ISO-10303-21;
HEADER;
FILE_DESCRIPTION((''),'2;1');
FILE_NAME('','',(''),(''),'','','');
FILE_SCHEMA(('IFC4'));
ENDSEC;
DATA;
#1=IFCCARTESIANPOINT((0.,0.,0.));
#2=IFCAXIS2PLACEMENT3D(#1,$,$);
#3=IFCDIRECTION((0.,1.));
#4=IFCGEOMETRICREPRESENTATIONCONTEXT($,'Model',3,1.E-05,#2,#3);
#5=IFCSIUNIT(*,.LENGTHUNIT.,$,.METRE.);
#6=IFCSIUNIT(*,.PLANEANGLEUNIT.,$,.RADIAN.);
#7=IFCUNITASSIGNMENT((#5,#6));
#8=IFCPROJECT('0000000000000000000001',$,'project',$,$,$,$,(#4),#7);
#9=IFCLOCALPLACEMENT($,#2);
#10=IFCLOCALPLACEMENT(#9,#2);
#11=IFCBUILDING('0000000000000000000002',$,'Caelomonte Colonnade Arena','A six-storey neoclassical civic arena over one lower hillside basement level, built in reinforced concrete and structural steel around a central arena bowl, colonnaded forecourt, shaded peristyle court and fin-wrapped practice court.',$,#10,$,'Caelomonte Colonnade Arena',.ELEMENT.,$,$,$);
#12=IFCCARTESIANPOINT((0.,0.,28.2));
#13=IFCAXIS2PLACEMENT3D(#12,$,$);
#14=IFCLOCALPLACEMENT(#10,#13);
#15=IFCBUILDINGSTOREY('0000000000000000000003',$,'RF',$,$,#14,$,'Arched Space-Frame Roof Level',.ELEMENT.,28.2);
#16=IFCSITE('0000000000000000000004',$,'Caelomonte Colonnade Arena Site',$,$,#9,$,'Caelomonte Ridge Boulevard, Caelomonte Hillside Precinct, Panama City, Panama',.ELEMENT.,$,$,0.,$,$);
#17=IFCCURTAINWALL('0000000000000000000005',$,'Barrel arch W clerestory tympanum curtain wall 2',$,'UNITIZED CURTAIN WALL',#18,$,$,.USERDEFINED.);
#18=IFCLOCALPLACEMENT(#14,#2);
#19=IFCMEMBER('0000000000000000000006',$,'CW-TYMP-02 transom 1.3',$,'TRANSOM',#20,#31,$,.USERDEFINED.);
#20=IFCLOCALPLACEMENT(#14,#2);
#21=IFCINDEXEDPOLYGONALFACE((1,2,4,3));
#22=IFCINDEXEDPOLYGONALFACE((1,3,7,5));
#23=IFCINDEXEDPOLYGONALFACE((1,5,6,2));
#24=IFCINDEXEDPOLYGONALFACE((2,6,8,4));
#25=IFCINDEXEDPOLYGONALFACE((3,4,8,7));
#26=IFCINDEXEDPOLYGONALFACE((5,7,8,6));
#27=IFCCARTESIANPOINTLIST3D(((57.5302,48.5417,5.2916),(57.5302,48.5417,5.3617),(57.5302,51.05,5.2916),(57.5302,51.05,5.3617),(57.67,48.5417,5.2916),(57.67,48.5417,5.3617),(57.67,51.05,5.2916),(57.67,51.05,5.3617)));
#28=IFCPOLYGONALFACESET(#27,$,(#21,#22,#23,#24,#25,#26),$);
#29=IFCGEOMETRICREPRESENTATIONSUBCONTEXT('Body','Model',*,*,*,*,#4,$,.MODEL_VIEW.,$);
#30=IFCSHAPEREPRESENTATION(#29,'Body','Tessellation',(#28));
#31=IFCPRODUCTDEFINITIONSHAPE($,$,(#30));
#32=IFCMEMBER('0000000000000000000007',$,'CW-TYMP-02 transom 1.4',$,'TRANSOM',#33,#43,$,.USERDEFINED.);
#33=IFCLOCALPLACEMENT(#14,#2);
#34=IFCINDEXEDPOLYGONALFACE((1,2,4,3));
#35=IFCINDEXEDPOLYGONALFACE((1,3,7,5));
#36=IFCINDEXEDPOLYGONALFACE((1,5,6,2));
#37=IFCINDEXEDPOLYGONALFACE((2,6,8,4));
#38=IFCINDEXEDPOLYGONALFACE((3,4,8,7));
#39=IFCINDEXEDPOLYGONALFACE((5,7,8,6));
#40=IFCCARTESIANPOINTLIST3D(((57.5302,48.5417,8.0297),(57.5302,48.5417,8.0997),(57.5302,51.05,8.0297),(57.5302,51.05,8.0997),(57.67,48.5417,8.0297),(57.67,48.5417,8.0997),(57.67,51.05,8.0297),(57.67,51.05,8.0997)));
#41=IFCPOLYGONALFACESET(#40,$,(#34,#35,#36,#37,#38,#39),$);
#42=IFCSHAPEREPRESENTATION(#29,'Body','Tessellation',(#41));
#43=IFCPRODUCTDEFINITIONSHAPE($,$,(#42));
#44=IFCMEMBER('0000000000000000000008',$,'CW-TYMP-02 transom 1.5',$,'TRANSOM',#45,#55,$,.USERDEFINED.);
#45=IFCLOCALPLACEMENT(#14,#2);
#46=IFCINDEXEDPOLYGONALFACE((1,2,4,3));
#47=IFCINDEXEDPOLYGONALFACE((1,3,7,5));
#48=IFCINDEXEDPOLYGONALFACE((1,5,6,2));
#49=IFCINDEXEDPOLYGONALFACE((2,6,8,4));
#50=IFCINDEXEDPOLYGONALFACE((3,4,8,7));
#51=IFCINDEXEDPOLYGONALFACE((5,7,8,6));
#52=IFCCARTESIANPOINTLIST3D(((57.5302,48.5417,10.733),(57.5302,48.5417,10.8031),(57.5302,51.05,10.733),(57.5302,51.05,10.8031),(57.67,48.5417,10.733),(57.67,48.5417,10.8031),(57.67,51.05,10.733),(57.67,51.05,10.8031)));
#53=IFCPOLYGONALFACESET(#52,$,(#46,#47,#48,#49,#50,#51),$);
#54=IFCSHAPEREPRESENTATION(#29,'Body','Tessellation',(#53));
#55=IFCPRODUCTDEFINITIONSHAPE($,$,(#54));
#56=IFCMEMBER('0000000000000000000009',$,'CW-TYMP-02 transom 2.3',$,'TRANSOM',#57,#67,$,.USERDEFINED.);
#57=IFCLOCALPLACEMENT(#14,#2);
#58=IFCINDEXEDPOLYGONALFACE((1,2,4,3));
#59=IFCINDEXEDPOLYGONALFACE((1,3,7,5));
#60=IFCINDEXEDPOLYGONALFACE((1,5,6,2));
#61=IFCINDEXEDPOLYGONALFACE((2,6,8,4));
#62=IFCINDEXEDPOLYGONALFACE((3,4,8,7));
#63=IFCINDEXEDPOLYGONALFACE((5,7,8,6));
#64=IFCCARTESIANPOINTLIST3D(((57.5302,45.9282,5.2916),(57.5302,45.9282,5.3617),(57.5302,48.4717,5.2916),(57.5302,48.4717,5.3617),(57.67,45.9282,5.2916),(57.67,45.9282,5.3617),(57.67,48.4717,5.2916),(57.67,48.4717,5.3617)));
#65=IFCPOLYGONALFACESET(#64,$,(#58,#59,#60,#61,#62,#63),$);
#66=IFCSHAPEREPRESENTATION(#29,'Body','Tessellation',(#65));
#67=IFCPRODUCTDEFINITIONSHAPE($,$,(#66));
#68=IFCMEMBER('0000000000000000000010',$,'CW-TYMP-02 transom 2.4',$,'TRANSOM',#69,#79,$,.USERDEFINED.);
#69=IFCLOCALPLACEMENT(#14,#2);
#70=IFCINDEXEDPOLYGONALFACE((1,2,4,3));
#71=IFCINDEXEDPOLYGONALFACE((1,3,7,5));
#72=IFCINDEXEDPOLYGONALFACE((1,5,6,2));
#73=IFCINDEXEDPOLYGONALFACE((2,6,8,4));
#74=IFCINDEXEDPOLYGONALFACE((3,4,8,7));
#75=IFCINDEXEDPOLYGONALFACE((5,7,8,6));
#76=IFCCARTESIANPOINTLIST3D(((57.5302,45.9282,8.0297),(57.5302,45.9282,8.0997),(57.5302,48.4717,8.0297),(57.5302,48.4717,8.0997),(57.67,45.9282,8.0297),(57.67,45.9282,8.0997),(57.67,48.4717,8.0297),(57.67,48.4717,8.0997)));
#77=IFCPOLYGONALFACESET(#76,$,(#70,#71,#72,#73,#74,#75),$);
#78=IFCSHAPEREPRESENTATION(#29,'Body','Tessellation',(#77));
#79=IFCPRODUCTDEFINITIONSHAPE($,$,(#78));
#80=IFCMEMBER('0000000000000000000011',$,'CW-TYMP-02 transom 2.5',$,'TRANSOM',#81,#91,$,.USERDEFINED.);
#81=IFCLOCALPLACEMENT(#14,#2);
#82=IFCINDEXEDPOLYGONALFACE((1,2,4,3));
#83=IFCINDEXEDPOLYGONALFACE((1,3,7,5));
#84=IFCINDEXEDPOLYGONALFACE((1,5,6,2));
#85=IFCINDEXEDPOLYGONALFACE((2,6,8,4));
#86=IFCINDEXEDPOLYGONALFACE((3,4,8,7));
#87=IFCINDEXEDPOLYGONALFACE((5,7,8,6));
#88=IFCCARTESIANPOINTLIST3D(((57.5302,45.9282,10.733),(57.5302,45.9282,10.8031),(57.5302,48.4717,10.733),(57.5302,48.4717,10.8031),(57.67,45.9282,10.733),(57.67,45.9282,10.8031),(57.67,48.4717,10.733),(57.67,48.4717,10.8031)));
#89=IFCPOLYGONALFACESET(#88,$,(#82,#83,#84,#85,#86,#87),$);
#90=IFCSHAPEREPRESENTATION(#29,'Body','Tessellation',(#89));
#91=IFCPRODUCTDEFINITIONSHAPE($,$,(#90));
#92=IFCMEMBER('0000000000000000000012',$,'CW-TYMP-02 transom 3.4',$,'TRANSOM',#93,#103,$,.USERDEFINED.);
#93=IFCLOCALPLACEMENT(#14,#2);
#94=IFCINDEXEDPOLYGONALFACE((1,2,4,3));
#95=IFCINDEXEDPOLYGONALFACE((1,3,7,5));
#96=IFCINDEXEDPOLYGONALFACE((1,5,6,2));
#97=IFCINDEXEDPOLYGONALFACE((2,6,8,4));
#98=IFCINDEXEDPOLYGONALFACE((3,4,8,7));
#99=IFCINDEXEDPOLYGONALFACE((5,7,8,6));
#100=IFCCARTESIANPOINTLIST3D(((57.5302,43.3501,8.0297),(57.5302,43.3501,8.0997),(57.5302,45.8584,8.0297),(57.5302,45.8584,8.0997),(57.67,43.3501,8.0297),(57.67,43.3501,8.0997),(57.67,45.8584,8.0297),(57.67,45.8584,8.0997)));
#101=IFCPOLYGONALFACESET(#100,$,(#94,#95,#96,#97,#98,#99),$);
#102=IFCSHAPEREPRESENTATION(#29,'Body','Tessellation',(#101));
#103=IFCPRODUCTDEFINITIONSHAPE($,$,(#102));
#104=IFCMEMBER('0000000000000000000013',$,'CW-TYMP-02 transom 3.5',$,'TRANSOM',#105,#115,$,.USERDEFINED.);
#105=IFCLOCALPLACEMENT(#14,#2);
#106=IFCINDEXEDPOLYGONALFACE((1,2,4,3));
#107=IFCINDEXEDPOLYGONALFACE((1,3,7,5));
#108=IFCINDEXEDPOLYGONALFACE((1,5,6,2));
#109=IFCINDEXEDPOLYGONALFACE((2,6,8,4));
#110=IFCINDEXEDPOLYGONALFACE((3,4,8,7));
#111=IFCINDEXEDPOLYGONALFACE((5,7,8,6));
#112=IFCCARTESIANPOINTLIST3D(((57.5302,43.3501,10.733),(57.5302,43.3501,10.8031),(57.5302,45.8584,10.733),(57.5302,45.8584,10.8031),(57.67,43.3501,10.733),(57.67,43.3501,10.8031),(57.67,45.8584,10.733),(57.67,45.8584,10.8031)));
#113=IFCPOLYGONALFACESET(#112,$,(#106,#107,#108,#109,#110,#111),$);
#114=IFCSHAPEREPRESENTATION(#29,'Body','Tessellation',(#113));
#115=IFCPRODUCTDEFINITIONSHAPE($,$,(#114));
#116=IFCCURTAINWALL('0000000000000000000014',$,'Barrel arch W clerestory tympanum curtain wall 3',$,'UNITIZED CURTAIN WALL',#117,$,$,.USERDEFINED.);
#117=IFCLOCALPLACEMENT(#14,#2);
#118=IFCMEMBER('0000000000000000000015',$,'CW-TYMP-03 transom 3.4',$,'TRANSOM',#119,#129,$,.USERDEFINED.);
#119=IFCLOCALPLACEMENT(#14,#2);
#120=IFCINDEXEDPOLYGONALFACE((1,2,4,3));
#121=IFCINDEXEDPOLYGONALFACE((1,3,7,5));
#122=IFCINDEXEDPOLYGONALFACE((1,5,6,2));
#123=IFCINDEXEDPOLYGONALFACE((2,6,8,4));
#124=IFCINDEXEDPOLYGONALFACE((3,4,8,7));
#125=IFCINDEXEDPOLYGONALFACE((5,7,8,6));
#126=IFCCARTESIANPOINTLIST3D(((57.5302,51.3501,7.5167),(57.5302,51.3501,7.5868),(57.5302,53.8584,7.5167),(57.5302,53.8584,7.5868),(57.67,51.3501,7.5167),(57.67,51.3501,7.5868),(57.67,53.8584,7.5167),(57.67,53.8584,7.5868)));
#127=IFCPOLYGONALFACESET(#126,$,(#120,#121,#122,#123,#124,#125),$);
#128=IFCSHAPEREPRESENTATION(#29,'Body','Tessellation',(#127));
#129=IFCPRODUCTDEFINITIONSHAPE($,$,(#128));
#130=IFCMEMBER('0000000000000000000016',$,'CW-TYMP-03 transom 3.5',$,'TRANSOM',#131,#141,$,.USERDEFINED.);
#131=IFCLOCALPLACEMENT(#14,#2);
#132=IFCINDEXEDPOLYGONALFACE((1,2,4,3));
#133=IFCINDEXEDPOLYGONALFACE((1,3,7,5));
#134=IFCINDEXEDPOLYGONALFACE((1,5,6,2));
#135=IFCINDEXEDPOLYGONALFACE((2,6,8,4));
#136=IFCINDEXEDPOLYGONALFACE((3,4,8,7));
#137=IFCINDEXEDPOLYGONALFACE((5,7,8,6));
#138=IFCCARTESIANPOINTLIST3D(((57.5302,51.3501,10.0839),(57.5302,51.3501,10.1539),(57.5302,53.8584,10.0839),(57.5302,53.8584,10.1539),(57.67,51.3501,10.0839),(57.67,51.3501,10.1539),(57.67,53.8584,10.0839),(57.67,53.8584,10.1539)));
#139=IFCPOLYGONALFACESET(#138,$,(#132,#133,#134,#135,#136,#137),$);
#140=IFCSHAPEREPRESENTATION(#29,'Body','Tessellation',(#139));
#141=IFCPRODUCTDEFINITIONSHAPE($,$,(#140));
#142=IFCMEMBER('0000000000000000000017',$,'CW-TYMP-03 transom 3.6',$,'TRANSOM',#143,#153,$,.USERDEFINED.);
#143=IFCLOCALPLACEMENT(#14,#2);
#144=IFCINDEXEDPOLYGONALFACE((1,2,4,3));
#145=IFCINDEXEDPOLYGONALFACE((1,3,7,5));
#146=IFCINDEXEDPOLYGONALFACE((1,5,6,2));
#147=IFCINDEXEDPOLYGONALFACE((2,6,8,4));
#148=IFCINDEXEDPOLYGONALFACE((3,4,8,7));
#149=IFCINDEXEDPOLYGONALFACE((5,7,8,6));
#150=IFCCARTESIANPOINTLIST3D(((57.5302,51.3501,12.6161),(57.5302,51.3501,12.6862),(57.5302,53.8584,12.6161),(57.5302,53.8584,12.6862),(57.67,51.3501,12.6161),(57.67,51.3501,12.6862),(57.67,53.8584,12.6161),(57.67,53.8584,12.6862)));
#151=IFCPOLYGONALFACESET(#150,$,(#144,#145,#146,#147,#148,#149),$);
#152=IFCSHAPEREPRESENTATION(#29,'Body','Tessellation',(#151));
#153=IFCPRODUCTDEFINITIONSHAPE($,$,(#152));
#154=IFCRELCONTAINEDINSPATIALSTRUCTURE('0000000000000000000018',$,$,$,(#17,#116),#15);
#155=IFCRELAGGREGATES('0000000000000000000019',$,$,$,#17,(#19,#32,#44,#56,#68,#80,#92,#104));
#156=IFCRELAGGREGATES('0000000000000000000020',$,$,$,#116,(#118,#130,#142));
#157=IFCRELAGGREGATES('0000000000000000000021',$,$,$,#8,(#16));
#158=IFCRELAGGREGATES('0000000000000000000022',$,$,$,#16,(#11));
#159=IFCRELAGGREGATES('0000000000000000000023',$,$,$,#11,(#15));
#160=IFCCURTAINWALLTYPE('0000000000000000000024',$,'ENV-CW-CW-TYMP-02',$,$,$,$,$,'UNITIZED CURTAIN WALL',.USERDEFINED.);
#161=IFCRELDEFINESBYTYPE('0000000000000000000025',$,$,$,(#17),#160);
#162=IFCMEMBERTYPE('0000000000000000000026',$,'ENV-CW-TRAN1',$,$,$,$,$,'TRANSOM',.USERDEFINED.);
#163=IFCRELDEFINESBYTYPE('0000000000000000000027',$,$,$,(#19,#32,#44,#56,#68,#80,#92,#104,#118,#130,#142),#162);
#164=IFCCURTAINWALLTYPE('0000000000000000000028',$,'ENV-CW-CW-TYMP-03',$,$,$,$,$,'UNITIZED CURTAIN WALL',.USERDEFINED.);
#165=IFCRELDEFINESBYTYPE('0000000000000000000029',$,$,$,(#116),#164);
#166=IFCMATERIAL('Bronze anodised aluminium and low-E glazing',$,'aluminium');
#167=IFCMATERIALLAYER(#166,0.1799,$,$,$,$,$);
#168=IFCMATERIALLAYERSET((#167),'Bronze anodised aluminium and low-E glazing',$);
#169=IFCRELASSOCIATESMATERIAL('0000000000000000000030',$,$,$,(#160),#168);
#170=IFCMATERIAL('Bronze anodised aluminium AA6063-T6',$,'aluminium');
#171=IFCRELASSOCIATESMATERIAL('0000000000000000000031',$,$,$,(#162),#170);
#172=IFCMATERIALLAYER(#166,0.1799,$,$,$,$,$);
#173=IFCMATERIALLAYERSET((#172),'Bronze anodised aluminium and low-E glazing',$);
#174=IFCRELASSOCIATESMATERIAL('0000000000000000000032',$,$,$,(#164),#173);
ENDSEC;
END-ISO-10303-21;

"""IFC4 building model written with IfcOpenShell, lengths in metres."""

from ifc_helpers import new_model, si_unit, direction, frame, origin, origin_2d, place, context, subcontext, project, spatial, rectangle, extrude, material, layer, layer_set, material_profile, profile_set, type_object, element, aggregate, save


model = new_model("IFC4")

# Units and contexts
model_context = context("Model", 3, precision=1e-05, world=origin(), true_north=direction((0.0, 1.0)))
body_context = subcontext(model_context, "Body", "Model", "MODEL_VIEW")
ifc_project = project(units=[si_unit("LENGTHUNIT", "METRE"), si_unit("PLANEANGLEUNIT", "RADIAN")], contexts=[model_context])

# Site, building, storey
site_placement = place(None, origin())
site = spatial("IfcSite", under=ifc_project, at=site_placement, Name="Caelomonte Colonnade Arena Site", LongName="Caelomonte Ridge Boulevard, Caelomonte Hillside Precinct, Panama City, Panama", CompositionType="ELEMENT", RefElevation=0.0)
building_placement = place(site_placement, origin())
building = spatial("IfcBuilding", under=site, at=building_placement, Name="Caelomonte Colonnade Arena", Description="A six-storey neoclassical civic arena over one lower hillside basement level, built in reinforced concrete and structural steel around a central arena bowl, colonnaded forecourt, shaded peristyle court and fin-wrapped practice court.", LongName="Caelomonte Colonnade Arena", CompositionType="ELEMENT")
storey_placement = place(building_placement, frame((0.0, 0.0, 28.2)))
storey = spatial("IfcBuildingStorey", under=building, at=storey_placement, Name="RF", LongName="Arched Space-Frame Roof Level", CompositionType="ELEMENT", Elevation=28.2)

# Curtain walls, members
ifc_material_1 = material(Name="Bronze anodised aluminium and low-E glazing", Category="aluminium")
ifc_layer_1 = layer(ifc_material_1, 0.1799)
ifc_layer_set_1 = layer_set([ifc_layer_1], Name="Bronze anodised aluminium and low-E glazing")
curtain_wall_type_1 = type_object("IfcCurtainWallType", Name="ENV-CW-CW-TYMP-02", ElementType="UNITIZED CURTAIN WALL", PredefinedType="USERDEFINED", material=ifc_layer_set_1)
curtain_wall_1_placement = place(storey_placement, origin())
curtain_wall_1 = element("IfcCurtainWall", 1, at=curtain_wall_1_placement, inside=storey, type_object=curtain_wall_type_1, Name="Barrel arch W clerestory tympanum curtain wall 2", ObjectType="UNITIZED CURTAIN WALL", PredefinedType="USERDEFINED")
ifc_material_2 = material(Name="Bronze anodised aluminium AA6063-T6", Category="aluminium")
ifc_material_profile_1 = material_profile(ifc_material_2, rectangle(XDim=0.0701, YDim=0.1399, at=origin_2d()), Name="CWT-70X140")
ifc_profile_set_1 = profile_set([ifc_material_profile_1], Name="Bronze anodised aluminium AA6063-T6")
member_type_1 = type_object("IfcMemberType", Name="ENV-CW-TRAN1", ElementType="TRANSOM", PredefinedType="USERDEFINED", material=ifc_profile_set_1)
member_1_placement = place(storey_placement, frame((57.6001, 51.05, 5.3267), z_axis=(0.0, -1.0, 0.0), x_axis=(0.0, 0.0, 1.0)))
member_1 = element("IfcMember", 2, at=member_1_placement, type_object=member_type_1, Name="CW-TYMP-02 transom 1.3", ObjectType="TRANSOM", PredefinedType="USERDEFINED", context=body_context, shape_type="SweptSolid", body=[
    extrude(rectangle(XDim=0.0701, YDim=0.1399, at=origin_2d()), origin(), (0.0, 0.0, 1.0), 2.5083),
])
member_2_placement = place(storey_placement, frame((57.6001, 51.05, 8.0647), z_axis=(0.0, -1.0, 0.0), x_axis=(0.0, 0.0, 1.0)))
member_2 = element("IfcMember", 3, at=member_2_placement, type_object=member_type_1, Name="CW-TYMP-02 transom 1.4", ObjectType="TRANSOM", PredefinedType="USERDEFINED", context=body_context, shape_type="SweptSolid", body=[
    extrude(rectangle(XDim=0.0701, YDim=0.1399, at=origin_2d()), origin(), (0.0, 0.0, 1.0), 2.5083),
])
member_3_placement = place(storey_placement, frame((57.6001, 51.05, 10.7681), z_axis=(0.0, -1.0, 0.0), x_axis=(0.0, 0.0, 1.0)))
member_3 = element("IfcMember", 4, at=member_3_placement, type_object=member_type_1, Name="CW-TYMP-02 transom 1.5", ObjectType="TRANSOM", PredefinedType="USERDEFINED", context=body_context, shape_type="SweptSolid", body=[
    extrude(rectangle(XDim=0.0701, YDim=0.1399, at=origin_2d()), origin(), (0.0, 0.0, 1.0), 2.5083),
])
member_4_placement = place(storey_placement, frame((57.6001, 48.4717, 5.3267), z_axis=(0.0, -1.0, 0.0), x_axis=(0.0, 0.0, 1.0)))
member_4 = element("IfcMember", 5, at=member_4_placement, type_object=member_type_1, Name="CW-TYMP-02 transom 2.3", ObjectType="TRANSOM", PredefinedType="USERDEFINED", context=body_context, shape_type="SweptSolid", body=[
    extrude(rectangle(XDim=0.0701, YDim=0.1399, at=origin_2d()), origin(), (0.0, 0.0, 1.0), 2.5435),
])
member_5_placement = place(storey_placement, frame((57.6001, 48.4717, 8.0647), z_axis=(0.0, -1.0, 0.0), x_axis=(0.0, 0.0, 1.0)))
member_5 = element("IfcMember", 6, at=member_5_placement, type_object=member_type_1, Name="CW-TYMP-02 transom 2.4", ObjectType="TRANSOM", PredefinedType="USERDEFINED", context=body_context, shape_type="SweptSolid", body=[
    extrude(rectangle(XDim=0.0701, YDim=0.1399, at=origin_2d()), origin(), (0.0, 0.0, 1.0), 2.5435),
])
member_6_placement = place(storey_placement, frame((57.6001, 48.4717, 10.7681), z_axis=(0.0, -1.0, 0.0), x_axis=(0.0, 0.0, 1.0)))
member_6 = element("IfcMember", 7, at=member_6_placement, type_object=member_type_1, Name="CW-TYMP-02 transom 2.5", ObjectType="TRANSOM", PredefinedType="USERDEFINED", context=body_context, shape_type="SweptSolid", body=[
    extrude(rectangle(XDim=0.0701, YDim=0.1399, at=origin_2d()), origin(), (0.0, 0.0, 1.0), 2.5435),
])
member_7_placement = place(storey_placement, frame((57.6001, 45.8584, 8.0647), z_axis=(0.0, -1.0, 0.0), x_axis=(0.0, 0.0, 1.0)))
member_7 = element("IfcMember", 8, at=member_7_placement, type_object=member_type_1, Name="CW-TYMP-02 transom 3.4", ObjectType="TRANSOM", PredefinedType="USERDEFINED", context=body_context, shape_type="SweptSolid", body=[
    extrude(rectangle(XDim=0.0701, YDim=0.1399, at=origin_2d()), origin(), (0.0, 0.0, 1.0), 2.5083),
])
member_8_placement = place(storey_placement, frame((57.6001, 45.8584, 10.7681), z_axis=(0.0, -1.0, 0.0), x_axis=(0.0, 0.0, 1.0)))
member_8 = element("IfcMember", 9, at=member_8_placement, type_object=member_type_1, Name="CW-TYMP-02 transom 3.5", ObjectType="TRANSOM", PredefinedType="USERDEFINED", context=body_context, shape_type="SweptSolid", body=[
    extrude(rectangle(XDim=0.0701, YDim=0.1399, at=origin_2d()), origin(), (0.0, 0.0, 1.0), 2.5083),
])
ifc_layer_2 = layer(ifc_material_1, 0.1799)
ifc_layer_set_2 = layer_set([ifc_layer_2], Name="Bronze anodised aluminium and low-E glazing")
curtain_wall_type_2 = type_object("IfcCurtainWallType", Name="ENV-CW-CW-TYMP-03", ElementType="UNITIZED CURTAIN WALL", PredefinedType="USERDEFINED", material=ifc_layer_set_2)
curtain_wall_2_placement = place(storey_placement, origin())
curtain_wall_2 = element("IfcCurtainWall", 10, at=curtain_wall_2_placement, inside=storey, type_object=curtain_wall_type_2, Name="Barrel arch W clerestory tympanum curtain wall 3", ObjectType="UNITIZED CURTAIN WALL", PredefinedType="USERDEFINED")
member_9_placement = place(storey_placement, frame((57.6001, 53.8584, 7.5518), z_axis=(0.0, -1.0, 0.0), x_axis=(0.0, 0.0, 1.0)))
member_9 = element("IfcMember", 11, at=member_9_placement, type_object=member_type_1, Name="CW-TYMP-03 transom 3.4", ObjectType="TRANSOM", PredefinedType="USERDEFINED", context=body_context, shape_type="SweptSolid", body=[
    extrude(rectangle(XDim=0.0701, YDim=0.1399, at=origin_2d()), origin(), (0.0, 0.0, 1.0), 2.5083),
])
member_10_placement = place(storey_placement, frame((57.6001, 53.8584, 10.1189), z_axis=(0.0, -1.0, 0.0), x_axis=(0.0, 0.0, 1.0)))
member_10 = element("IfcMember", 12, at=member_10_placement, type_object=member_type_1, Name="CW-TYMP-03 transom 3.5", ObjectType="TRANSOM", PredefinedType="USERDEFINED", context=body_context, shape_type="SweptSolid", body=[
    extrude(rectangle(XDim=0.0701, YDim=0.1399, at=origin_2d()), origin(), (0.0, 0.0, 1.0), 2.5083),
])
member_11_placement = place(storey_placement, frame((57.6001, 53.8584, 12.6511), z_axis=(0.0, -1.0, 0.0), x_axis=(0.0, 0.0, 1.0)))
member_11 = element("IfcMember", 13, at=member_11_placement, type_object=member_type_1, Name="CW-TYMP-03 transom 3.6", ObjectType="TRANSOM", PredefinedType="USERDEFINED", context=body_context, shape_type="SweptSolid", body=[
    extrude(rectangle(XDim=0.0701, YDim=0.1399, at=origin_2d()), origin(), (0.0, 0.0, 1.0), 2.5083),
])

aggregate(curtain_wall_1, [member_1, member_2, member_3, member_4, member_5, member_6, member_7, member_8])
aggregate(curtain_wall_2, [member_9, member_10, member_11])

save(model, "model.ifc")
